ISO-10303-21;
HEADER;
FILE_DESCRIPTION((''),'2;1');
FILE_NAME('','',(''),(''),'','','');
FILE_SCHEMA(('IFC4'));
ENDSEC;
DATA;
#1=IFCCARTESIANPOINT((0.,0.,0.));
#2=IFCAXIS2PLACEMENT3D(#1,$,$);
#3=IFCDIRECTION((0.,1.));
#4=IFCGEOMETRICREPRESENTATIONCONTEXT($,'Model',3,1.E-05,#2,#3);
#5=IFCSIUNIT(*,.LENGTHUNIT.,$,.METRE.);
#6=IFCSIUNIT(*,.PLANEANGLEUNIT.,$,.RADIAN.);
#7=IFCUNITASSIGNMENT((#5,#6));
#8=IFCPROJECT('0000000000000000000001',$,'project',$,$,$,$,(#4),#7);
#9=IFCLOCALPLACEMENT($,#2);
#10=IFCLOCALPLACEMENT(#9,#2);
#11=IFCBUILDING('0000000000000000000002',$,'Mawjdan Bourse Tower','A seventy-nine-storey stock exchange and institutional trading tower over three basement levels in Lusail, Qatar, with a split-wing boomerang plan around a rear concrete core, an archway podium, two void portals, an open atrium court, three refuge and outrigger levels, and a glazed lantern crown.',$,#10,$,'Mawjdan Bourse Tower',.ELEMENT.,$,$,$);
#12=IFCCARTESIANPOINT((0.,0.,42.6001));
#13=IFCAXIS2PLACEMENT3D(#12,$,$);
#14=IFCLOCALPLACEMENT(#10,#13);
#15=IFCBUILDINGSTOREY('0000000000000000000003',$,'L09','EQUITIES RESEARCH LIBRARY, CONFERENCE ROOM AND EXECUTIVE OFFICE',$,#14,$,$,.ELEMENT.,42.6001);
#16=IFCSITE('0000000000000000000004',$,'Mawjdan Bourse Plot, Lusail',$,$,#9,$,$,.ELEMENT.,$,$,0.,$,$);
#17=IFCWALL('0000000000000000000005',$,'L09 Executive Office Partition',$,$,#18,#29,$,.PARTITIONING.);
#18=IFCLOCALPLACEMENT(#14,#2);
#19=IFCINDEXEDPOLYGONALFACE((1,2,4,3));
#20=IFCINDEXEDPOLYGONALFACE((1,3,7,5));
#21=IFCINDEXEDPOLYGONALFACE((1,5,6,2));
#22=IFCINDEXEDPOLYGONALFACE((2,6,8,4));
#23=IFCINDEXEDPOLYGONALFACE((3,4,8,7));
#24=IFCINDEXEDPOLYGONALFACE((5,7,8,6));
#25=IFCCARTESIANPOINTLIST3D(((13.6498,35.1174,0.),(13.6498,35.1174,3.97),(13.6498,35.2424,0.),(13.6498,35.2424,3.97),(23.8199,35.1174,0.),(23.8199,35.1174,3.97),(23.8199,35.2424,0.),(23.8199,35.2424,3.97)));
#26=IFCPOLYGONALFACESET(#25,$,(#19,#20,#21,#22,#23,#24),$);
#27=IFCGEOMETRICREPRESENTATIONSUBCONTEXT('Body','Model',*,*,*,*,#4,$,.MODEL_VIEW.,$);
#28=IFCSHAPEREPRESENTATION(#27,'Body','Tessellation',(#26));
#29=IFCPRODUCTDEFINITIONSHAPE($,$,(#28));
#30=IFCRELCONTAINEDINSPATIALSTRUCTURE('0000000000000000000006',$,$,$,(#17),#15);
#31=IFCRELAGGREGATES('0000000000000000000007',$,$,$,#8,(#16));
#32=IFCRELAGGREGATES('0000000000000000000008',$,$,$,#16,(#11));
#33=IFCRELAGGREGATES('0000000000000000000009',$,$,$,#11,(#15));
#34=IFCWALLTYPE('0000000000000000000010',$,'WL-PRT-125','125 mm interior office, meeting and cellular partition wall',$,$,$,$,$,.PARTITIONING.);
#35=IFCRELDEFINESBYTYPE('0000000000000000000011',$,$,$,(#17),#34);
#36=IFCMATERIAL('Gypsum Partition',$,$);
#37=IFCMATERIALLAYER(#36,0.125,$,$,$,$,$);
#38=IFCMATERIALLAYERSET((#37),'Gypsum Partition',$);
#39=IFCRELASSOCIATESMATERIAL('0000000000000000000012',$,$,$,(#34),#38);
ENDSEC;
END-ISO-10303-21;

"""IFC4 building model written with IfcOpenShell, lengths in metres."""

from ifc_helpers import new_model, si_unit, direction, frame, frame_2d, origin, place, context, subcontext, project, spatial, rectangle, extrude, material, layer, layer_set, type_object, element, save


model = new_model("IFC4")

# Units and contexts
model_context = context("Model", 3, precision=1e-05, world=origin(), true_north=direction((0.0, 1.0)))
body_context = subcontext(model_context, "Body", "Model", "MODEL_VIEW")
ifc_project = project(units=[si_unit("LENGTHUNIT", "METRE"), si_unit("PLANEANGLEUNIT", "RADIAN")], contexts=[model_context])

# Site, building, storey
site_placement = place(None, origin())
site = spatial("IfcSite", under=ifc_project, at=site_placement, Name="Mawjdan Bourse Plot, Lusail", CompositionType="ELEMENT", RefElevation=0.0)
building_placement = place(site_placement, origin())
building = spatial("IfcBuilding", under=site, at=building_placement, Name="Mawjdan Bourse Tower", Description="A seventy-nine-storey stock exchange and institutional trading tower over three basement levels in Lusail, Qatar, with a split-wing boomerang plan around a rear concrete core, an archway podium, two void portals, an open atrium court, three refuge and outrigger levels, and a glazed lantern crown.", LongName="Mawjdan Bourse Tower", CompositionType="ELEMENT")
storey_placement = place(building_placement, frame((0.0, 0.0, 42.6001)))
storey = spatial("IfcBuildingStorey", under=building, at=storey_placement, Name="L09", Description="EQUITIES RESEARCH LIBRARY, CONFERENCE ROOM AND EXECUTIVE OFFICE", CompositionType="ELEMENT", Elevation=42.6001)

# Wall
ifc_material_1 = material(Name="Gypsum Partition")
ifc_layer_1 = layer(ifc_material_1, 0.125)
ifc_layer_set_1 = layer_set([ifc_layer_1], Name="Gypsum Partition")
wall_type_1 = type_object("IfcWallType", Name="WL-PRT-125", Description="125 mm interior office, meeting and cellular partition wall", PredefinedType="PARTITIONING", material=ifc_layer_set_1)
wall_1_placement = place(storey_placement, frame((13.6499, 35.1799, 0.0), z_axis=(0.0, 0.0, 1.0), x_axis=(1.0, 0.0, 0.0)))
element("IfcWall", 1, at=wall_1_placement, inside=storey, type_object=wall_type_1, Name="L09 Executive Office Partition", PredefinedType="PARTITIONING", context=body_context, shape_type="SweptSolid", body=[
    extrude(rectangle(XDim=10.1702, YDim=0.125, at=frame_2d((5.085, 0.0))), origin(), (0.0, 0.0, 1.0), 3.97),
])

save(model, "model.ifc")
